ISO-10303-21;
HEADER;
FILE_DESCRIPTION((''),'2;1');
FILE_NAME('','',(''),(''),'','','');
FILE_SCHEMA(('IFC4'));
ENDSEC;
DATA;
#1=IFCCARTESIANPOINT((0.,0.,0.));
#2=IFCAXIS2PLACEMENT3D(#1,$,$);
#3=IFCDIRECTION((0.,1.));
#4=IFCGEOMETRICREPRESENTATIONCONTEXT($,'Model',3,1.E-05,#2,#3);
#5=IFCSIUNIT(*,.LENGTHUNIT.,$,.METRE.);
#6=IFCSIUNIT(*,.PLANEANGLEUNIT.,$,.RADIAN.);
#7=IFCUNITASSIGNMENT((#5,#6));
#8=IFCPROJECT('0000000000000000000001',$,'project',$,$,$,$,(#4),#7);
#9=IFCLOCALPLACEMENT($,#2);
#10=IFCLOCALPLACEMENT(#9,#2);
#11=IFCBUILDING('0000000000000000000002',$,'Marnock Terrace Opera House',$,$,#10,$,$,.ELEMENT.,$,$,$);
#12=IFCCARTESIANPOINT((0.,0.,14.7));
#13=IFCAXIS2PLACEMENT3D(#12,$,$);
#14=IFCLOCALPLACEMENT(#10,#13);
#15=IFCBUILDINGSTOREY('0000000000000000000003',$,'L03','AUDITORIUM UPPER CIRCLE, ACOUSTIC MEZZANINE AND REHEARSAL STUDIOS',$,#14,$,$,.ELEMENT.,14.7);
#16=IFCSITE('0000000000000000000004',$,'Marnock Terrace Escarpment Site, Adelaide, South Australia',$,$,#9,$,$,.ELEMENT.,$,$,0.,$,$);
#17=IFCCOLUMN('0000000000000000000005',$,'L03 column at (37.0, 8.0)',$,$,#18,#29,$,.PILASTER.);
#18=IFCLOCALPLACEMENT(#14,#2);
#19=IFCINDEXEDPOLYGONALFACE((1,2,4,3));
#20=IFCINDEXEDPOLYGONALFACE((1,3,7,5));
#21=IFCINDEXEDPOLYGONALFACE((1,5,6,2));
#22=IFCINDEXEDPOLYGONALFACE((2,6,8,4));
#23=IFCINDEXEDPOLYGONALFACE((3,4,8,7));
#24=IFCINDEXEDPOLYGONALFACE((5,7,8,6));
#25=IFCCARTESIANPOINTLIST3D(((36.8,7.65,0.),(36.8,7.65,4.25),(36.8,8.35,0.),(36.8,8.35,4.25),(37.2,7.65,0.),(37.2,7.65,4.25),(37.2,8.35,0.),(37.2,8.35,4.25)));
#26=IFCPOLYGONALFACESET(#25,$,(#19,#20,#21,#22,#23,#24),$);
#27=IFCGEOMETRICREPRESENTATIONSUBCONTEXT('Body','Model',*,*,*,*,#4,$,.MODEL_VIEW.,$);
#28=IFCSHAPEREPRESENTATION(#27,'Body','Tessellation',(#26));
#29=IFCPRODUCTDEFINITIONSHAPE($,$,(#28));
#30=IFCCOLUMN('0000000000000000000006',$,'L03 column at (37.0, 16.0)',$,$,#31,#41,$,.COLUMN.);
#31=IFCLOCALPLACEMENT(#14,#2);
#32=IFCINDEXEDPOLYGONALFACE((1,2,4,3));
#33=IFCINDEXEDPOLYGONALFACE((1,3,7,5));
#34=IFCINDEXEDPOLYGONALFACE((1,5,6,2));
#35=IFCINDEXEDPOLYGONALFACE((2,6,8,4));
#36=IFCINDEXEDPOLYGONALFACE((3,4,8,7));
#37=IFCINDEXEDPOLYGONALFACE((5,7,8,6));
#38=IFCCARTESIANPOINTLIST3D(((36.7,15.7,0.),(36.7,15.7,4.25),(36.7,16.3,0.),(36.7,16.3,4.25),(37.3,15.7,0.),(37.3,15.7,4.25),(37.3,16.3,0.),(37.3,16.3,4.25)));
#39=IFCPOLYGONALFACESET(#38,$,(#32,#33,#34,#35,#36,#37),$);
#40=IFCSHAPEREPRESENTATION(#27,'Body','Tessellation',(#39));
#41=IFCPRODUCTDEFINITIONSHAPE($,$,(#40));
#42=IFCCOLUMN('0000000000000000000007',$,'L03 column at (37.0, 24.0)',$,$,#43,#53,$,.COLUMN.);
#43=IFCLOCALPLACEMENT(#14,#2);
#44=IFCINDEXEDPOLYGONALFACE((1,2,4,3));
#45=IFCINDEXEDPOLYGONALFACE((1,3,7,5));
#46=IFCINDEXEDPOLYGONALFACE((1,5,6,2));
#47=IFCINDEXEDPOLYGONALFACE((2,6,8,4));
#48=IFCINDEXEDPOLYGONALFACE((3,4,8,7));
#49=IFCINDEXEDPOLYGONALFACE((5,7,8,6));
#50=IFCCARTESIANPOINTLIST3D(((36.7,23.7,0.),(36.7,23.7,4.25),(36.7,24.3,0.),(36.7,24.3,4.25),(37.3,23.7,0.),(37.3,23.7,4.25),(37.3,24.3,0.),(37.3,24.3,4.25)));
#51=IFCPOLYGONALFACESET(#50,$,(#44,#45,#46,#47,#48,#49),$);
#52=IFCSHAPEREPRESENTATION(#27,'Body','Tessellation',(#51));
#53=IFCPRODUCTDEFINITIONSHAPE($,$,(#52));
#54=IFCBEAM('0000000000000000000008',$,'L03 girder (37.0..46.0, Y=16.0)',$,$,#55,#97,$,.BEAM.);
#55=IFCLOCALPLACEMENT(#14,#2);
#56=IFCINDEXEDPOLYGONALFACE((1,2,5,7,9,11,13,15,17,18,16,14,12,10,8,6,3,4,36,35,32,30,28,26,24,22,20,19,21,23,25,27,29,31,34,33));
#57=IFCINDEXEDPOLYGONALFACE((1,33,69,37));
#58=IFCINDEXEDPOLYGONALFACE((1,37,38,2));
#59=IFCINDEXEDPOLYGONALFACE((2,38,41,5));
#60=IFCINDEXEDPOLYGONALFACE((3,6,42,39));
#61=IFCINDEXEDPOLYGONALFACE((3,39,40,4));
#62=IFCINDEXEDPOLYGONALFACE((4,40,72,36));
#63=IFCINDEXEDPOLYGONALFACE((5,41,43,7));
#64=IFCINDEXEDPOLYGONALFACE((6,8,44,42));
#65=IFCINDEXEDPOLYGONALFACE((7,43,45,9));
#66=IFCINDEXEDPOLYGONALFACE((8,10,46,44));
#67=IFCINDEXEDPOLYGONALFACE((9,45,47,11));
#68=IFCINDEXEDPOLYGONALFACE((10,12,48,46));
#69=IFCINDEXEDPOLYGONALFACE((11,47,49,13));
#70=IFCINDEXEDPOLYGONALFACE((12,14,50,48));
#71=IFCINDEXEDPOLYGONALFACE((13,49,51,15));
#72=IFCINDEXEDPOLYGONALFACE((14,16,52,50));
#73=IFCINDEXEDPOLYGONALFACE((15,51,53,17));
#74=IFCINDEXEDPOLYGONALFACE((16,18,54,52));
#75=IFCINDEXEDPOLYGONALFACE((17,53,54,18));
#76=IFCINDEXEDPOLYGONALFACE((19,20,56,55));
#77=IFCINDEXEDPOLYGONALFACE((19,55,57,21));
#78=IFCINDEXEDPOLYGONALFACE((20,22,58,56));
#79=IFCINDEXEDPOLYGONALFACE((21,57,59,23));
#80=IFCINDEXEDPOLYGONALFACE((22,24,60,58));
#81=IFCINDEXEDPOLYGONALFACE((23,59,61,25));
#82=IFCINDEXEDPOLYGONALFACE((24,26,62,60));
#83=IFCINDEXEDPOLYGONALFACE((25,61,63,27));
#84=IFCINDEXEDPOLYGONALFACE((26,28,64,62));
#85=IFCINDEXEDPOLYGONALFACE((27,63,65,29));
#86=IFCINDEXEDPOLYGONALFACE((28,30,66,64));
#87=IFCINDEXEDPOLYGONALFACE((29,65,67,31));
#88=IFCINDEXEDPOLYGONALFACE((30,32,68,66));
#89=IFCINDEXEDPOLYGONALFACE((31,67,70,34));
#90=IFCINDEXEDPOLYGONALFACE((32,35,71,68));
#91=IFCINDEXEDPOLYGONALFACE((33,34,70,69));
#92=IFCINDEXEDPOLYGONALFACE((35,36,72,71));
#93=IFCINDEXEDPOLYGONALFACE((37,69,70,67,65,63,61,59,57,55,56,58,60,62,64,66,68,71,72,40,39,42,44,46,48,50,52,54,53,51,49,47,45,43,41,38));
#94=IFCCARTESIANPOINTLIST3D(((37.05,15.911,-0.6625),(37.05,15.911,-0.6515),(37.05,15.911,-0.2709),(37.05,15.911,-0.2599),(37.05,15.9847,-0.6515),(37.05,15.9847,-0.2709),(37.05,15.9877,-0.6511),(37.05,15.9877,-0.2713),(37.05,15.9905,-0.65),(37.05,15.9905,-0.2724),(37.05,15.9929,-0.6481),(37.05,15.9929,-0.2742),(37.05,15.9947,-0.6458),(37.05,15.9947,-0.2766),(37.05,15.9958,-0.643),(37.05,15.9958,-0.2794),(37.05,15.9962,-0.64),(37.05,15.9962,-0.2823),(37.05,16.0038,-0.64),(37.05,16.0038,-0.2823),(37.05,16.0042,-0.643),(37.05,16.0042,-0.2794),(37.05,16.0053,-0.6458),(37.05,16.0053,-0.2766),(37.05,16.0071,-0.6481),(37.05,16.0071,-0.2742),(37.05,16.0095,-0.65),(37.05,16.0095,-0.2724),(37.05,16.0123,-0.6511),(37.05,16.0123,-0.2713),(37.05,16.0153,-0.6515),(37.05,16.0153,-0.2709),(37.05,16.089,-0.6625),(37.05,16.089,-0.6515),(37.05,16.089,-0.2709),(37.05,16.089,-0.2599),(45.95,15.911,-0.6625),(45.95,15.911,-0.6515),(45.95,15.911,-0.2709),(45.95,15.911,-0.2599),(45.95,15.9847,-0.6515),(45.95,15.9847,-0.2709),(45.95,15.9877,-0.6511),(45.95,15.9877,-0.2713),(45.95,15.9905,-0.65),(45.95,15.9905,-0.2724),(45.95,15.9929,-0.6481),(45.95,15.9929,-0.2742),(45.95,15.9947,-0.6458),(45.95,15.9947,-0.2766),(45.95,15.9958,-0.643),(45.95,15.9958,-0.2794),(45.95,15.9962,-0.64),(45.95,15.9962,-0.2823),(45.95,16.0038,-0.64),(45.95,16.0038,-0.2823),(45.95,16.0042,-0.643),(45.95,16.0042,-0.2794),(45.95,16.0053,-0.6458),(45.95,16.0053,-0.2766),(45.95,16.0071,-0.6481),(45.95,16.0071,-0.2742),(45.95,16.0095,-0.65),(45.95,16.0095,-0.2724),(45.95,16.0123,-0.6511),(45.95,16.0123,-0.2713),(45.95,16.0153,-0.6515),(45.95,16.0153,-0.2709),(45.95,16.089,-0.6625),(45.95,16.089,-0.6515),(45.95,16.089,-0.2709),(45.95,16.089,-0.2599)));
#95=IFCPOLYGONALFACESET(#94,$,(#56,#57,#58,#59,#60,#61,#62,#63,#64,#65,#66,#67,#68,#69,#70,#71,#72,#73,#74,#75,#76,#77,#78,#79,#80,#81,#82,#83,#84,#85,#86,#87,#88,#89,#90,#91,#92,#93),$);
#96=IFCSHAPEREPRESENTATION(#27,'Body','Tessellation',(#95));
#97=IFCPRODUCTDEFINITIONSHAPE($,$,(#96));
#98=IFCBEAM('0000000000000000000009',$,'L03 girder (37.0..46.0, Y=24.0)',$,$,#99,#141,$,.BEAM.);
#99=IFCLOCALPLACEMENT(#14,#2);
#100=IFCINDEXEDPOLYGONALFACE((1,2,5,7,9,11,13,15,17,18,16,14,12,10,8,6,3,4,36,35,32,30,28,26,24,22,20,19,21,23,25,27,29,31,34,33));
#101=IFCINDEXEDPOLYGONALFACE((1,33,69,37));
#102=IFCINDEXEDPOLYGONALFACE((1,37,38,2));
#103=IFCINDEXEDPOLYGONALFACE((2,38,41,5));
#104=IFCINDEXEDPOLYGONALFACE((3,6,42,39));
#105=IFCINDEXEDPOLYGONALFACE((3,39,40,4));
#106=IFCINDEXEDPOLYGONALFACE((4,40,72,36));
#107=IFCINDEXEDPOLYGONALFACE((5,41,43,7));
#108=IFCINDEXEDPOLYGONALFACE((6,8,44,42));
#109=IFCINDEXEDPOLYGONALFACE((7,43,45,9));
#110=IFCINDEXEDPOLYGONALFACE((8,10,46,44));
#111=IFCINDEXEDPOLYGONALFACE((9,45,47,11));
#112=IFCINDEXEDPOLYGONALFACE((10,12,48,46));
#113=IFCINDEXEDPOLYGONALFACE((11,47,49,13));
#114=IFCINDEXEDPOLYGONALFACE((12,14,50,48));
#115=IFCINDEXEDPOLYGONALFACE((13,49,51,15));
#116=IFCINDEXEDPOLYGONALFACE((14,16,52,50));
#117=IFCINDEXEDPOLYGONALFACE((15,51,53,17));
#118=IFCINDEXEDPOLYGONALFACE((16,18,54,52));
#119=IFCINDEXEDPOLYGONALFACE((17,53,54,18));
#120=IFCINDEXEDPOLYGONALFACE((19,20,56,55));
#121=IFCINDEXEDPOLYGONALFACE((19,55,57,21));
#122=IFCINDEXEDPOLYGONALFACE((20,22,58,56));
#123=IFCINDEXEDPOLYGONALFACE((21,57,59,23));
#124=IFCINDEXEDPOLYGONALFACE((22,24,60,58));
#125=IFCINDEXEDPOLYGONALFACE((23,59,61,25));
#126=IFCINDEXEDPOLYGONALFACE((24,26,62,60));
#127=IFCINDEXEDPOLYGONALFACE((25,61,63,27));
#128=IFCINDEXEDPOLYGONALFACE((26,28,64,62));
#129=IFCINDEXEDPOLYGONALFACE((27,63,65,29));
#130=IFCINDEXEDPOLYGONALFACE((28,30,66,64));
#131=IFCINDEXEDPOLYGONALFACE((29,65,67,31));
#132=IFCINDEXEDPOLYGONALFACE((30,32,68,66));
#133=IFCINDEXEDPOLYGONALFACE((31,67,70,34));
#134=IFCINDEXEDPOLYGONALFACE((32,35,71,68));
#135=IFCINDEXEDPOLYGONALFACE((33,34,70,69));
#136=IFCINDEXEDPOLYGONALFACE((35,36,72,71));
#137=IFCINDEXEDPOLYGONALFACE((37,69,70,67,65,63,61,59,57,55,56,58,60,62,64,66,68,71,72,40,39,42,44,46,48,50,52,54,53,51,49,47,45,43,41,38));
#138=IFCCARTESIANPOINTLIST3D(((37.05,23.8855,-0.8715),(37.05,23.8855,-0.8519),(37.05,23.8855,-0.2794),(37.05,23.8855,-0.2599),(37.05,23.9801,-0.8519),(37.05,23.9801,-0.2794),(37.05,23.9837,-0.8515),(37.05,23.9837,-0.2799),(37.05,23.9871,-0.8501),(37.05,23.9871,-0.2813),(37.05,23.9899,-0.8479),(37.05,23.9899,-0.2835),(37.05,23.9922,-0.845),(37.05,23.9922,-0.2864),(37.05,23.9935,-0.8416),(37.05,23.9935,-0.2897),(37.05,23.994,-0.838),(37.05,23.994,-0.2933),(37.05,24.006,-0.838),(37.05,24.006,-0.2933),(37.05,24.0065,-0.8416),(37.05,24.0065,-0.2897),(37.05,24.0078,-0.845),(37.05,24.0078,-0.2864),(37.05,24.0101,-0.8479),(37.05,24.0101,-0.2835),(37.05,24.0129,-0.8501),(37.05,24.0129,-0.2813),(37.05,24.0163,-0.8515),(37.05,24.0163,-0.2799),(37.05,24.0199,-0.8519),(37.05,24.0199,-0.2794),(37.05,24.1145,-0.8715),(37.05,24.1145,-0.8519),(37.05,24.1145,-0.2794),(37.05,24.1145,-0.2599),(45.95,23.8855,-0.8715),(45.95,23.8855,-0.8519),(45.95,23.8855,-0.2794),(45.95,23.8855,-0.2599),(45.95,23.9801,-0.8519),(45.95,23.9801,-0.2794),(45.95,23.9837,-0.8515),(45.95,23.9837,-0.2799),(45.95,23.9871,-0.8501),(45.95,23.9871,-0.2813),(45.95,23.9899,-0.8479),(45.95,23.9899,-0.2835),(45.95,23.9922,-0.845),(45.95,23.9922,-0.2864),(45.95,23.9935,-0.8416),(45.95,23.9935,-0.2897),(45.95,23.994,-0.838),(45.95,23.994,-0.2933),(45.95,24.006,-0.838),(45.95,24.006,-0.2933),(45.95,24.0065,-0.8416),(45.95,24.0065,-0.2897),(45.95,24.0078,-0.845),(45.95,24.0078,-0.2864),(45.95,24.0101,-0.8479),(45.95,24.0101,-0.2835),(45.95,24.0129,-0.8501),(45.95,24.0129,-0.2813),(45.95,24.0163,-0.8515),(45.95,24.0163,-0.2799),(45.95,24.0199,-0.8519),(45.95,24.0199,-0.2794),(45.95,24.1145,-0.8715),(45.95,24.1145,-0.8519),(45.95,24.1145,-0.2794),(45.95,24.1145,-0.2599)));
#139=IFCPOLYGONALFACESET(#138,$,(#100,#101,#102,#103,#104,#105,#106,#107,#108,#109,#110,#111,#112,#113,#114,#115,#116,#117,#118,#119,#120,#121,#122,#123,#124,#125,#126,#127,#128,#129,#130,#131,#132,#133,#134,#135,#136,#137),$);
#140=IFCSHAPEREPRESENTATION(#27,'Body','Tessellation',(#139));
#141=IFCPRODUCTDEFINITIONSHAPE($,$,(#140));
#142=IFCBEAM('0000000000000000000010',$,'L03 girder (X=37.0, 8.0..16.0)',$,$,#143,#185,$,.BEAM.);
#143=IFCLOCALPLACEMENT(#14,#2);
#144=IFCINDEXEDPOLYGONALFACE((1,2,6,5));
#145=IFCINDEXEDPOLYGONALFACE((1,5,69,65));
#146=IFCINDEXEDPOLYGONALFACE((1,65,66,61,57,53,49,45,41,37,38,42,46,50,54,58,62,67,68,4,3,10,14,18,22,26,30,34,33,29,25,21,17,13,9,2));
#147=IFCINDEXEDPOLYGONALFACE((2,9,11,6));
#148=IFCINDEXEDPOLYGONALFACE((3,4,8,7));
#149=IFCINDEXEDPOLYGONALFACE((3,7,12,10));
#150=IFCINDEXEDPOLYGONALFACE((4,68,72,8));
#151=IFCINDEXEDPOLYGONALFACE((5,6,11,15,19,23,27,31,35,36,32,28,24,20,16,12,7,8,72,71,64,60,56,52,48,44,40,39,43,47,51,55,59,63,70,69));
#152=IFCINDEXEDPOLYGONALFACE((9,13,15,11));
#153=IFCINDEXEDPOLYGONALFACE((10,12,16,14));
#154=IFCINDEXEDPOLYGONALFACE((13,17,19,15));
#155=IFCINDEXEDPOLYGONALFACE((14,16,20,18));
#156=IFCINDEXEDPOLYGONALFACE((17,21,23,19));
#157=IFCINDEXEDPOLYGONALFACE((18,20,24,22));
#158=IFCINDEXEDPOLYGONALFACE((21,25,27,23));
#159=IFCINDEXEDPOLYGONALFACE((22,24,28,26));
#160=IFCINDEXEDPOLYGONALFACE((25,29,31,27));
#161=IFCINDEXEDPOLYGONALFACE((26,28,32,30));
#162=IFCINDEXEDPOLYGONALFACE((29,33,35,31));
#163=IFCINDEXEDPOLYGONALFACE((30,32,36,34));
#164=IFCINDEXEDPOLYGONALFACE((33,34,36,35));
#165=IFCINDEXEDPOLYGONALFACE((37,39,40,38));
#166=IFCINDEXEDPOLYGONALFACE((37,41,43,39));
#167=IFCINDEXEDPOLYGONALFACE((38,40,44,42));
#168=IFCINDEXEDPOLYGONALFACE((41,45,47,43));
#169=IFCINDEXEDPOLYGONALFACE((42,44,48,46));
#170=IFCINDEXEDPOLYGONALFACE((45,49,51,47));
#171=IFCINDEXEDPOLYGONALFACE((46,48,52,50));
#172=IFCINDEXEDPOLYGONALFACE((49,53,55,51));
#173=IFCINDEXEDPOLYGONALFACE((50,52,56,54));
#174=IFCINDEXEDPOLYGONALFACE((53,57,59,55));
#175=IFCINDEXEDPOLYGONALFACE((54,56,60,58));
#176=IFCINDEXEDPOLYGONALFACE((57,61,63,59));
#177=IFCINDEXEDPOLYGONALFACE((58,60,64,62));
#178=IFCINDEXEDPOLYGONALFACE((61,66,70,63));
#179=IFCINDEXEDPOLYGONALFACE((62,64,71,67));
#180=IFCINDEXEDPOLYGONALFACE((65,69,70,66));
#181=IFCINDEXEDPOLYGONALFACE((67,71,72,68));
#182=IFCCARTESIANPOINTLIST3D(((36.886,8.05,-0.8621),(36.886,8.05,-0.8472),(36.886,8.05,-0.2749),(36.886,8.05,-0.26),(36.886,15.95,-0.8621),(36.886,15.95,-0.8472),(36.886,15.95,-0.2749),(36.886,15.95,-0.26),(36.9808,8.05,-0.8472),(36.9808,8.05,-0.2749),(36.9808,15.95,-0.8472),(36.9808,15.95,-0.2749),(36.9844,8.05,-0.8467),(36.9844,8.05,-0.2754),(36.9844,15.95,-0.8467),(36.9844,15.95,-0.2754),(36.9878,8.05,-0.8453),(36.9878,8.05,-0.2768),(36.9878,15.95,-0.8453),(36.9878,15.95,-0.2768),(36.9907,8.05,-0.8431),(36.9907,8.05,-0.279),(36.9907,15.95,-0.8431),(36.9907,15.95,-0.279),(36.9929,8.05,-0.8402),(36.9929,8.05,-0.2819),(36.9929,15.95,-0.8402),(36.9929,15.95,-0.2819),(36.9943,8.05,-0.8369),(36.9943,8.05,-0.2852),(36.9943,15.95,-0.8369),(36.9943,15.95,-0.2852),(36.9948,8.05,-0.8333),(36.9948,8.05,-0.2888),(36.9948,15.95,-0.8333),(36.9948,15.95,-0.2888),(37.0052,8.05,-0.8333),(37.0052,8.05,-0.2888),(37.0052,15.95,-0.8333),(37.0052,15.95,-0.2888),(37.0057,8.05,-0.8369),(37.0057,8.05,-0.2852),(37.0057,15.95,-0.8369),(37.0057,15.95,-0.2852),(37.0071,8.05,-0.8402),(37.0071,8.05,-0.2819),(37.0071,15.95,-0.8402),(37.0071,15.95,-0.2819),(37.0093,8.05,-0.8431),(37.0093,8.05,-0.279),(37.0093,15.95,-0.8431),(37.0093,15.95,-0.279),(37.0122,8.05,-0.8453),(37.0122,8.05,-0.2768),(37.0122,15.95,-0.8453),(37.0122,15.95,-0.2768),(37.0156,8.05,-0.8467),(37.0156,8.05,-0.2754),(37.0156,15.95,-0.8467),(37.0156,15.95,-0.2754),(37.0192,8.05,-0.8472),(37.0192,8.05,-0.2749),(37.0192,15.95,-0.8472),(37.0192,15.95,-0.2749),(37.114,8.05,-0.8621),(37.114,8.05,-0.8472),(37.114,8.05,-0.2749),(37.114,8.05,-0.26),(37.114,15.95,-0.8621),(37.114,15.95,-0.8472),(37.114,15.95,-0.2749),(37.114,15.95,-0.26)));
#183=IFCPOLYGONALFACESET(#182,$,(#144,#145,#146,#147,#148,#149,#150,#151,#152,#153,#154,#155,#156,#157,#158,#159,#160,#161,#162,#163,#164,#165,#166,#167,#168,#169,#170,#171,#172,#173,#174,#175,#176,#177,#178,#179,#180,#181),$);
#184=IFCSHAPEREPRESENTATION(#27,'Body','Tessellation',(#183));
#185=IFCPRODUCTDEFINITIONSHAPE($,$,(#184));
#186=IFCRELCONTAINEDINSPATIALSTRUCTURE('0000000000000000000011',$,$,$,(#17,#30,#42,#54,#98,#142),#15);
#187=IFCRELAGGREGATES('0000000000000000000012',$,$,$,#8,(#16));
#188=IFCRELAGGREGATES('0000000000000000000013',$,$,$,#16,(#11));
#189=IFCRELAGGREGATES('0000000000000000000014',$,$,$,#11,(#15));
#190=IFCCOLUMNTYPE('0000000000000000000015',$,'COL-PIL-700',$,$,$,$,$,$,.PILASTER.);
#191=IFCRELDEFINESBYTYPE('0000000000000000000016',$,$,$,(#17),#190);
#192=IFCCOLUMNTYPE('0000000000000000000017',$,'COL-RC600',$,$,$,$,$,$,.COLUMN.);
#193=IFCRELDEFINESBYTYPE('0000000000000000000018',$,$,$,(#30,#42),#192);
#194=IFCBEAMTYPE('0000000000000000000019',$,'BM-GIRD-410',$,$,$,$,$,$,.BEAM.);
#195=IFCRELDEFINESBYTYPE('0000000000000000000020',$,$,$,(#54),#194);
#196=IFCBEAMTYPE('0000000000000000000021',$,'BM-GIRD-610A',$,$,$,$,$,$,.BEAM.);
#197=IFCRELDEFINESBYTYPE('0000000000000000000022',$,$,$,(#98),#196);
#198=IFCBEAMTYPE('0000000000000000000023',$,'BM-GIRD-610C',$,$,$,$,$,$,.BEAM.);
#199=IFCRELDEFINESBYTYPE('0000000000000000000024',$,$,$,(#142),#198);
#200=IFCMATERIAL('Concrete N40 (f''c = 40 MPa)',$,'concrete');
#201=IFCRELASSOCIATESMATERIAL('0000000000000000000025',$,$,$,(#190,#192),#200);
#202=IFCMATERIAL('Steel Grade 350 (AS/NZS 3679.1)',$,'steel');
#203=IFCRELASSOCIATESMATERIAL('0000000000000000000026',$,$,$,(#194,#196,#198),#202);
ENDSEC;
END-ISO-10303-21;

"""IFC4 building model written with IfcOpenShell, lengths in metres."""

from ifc_helpers import new_model, si_unit, direction, frame, origin, origin_2d, place, context, subcontext, project, spatial, rectangle, i_section, extrude, material, material_profile, profile_set, type_object, element, save


model = new_model("IFC4")

# Units and contexts
model_context = context("Model", 3, precision=1e-05, world=origin(), true_north=direction((0.0, 1.0)))
body_context = subcontext(model_context, "Body", "Model", "MODEL_VIEW")
ifc_project = project(units=[si_unit("LENGTHUNIT", "METRE"), si_unit("PLANEANGLEUNIT", "RADIAN")], contexts=[model_context])

# Site, building, storey
site_placement = place(None, origin())
site = spatial("IfcSite", under=ifc_project, at=site_placement, Name="Marnock Terrace Escarpment Site, Adelaide, South Australia", CompositionType="ELEMENT", RefElevation=0.0)
building_placement = place(site_placement, origin())
building = spatial("IfcBuilding", under=site, at=building_placement, Name="Marnock Terrace Opera House", CompositionType="ELEMENT")
storey_placement = place(building_placement, frame((0.0, 0.0, 14.7)))
storey = spatial("IfcBuildingStorey", under=building, at=storey_placement, Name="L03", Description="AUDITORIUM UPPER CIRCLE, ACOUSTIC MEZZANINE AND REHEARSAL STUDIOS", CompositionType="ELEMENT", Elevation=14.7)

# Columns
ifc_material_1 = material(Name="Concrete N40 (f'c = 40 MPa)", Category="concrete")
ifc_material_profile_1 = material_profile(ifc_material_1, rectangle(XDim=0.3999, YDim=0.7, at=origin_2d()))
ifc_profile_set_1 = profile_set([ifc_material_profile_1], Name="Concrete N40 (f'c = 40 MPa)")
column_type_1 = type_object("IfcColumnType", Name="COL-PIL-700", PredefinedType="PILASTER", material=ifc_profile_set_1)
column_placement = place(storey_placement, frame((37.0, 8.0, 0.0), z_axis=(0.0, 0.0, 1.0), x_axis=(1.0, 0.0, 0.0)))
element("IfcColumn", 1, at=column_placement, inside=storey, type_object=column_type_1, Name="L03 column at (37.0, 8.0)", PredefinedType="PILASTER", context=body_context, shape_type="SweptSolid", body=[
    extrude(rectangle(XDim=0.3999, YDim=0.7, at=origin_2d()), origin(), (0.0, 0.0, 1.0), 4.25),
])
ifc_material_profile_2 = material_profile(ifc_material_1, rectangle(XDim=0.6001, YDim=0.6001, at=origin_2d()))
ifc_profile_set_2 = profile_set([ifc_material_profile_2], Name="Concrete N40 (f'c = 40 MPa)")
column_type_2 = type_object("IfcColumnType", Name="COL-RC600", PredefinedType="COLUMN", material=ifc_profile_set_2)
for number, where, z_axis, x_axis, name in (
    (2, (37.0, 16.0, 0.0), (0.0, 0.0, 1.0), (1.0, 0.0, 0.0), "L03 column at (37.0, 16.0)"),
    (3, (37.0, 24.0, 0.0), (0.0, 0.0, 1.0), (1.0, 0.0, 0.0), "L03 column at (37.0, 24.0)"),
):
    element("IfcColumn", number, at=place(storey_placement, frame(where, z_axis=z_axis, x_axis=x_axis)), inside=storey, type_object=column_type_2, Name=name, PredefinedType="COLUMN", context=body_context, shape_type="SweptSolid", body=[
        extrude(rectangle(XDim=0.6001, YDim=0.6001, at=origin_2d()), origin(), (0.0, 0.0, 1.0), 4.25),
    ])

# Beams
ifc_material_2 = material(Name="Steel Grade 350 (AS/NZS 3679.1)", Category="steel")
ifc_material_profile_3 = material_profile(ifc_material_2, i_section(OverallWidth=0.178, OverallDepth=0.4026, WebThickness=0.0076, FlangeThickness=0.011, FilletRadius=0.0115, at=origin_2d()))
ifc_profile_set_3 = profile_set([ifc_material_profile_3], Name="Steel Grade 350 (AS/NZS 3679.1)")
beam_type_1 = type_object("IfcBeamType", Name="BM-GIRD-410", PredefinedType="BEAM", material=ifc_profile_set_3)
beam_1_placement = place(storey_placement, frame((37.05, 16.0, -0.4612), z_axis=(1.0, 0.0, 0.0), x_axis=(0.0, 1.0, 0.0)))
element("IfcBeam", 4, at=beam_1_placement, inside=storey, type_object=beam_type_1, Name="L03 girder (37.0..46.0, Y=16.0)", PredefinedType="BEAM", context=body_context, shape_type="SweptSolid", body=[
    extrude(i_section(OverallWidth=0.178, OverallDepth=0.4026, WebThickness=0.0076, FlangeThickness=0.011, FilletRadius=0.0115, at=origin_2d()), origin(), (0.0, 0.0, 1.0), 8.8999),
])
ifc_material_profile_4 = material_profile(ifc_material_2, i_section(OverallWidth=0.229, OverallDepth=0.6116, WebThickness=0.012, FlangeThickness=0.0195, FilletRadius=0.0139, at=origin_2d()))
ifc_profile_set_4 = profile_set([ifc_material_profile_4], Name="Steel Grade 350 (AS/NZS 3679.1)")
beam_type_2 = type_object("IfcBeamType", Name="BM-GIRD-610A", PredefinedType="BEAM", material=ifc_profile_set_4)
beam_2_placement = place(storey_placement, frame((37.05, 24.0, -0.5657), z_axis=(1.0, 0.0, 0.0), x_axis=(0.0, 1.0, 0.0)))
element("IfcBeam", 5, at=beam_2_placement, inside=storey, type_object=beam_type_2, Name="L03 girder (37.0..46.0, Y=24.0)", PredefinedType="BEAM", context=body_context, shape_type="SweptSolid", body=[
    extrude(i_section(OverallWidth=0.229, OverallDepth=0.6116, WebThickness=0.012, FlangeThickness=0.0195, FilletRadius=0.0139, at=origin_2d()), origin(), (0.0, 0.0, 1.0), 8.8999),
])
ifc_material_profile_5 = material_profile(ifc_material_2, i_section(OverallWidth=0.228, OverallDepth=0.6021, WebThickness=0.0105, FlangeThickness=0.0149, FilletRadius=0.0139, at=origin_2d()))
ifc_profile_set_5 = profile_set([ifc_material_profile_5], Name="Steel Grade 350 (AS/NZS 3679.1)")
beam_type_3 = type_object("IfcBeamType", Name="BM-GIRD-610C", PredefinedType="BEAM", material=ifc_profile_set_5)
for number, where, z_axis, x_axis, name in (
    (6, (37.0, 8.05, -0.561), (0.0, 1.0, 0.0), (-1.0, 0.0, 0.0), "L03 girder (X=37.0, 8.0..16.0)"),
):
    element("IfcBeam", number, at=place(storey_placement, frame(where, z_axis=z_axis, x_axis=x_axis)), inside=storey, type_object=beam_type_3, Name=name, PredefinedType="BEAM", context=body_context, shape_type="SweptSolid", body=[
        extrude(i_section(OverallWidth=0.228, OverallDepth=0.6021, WebThickness=0.0105, FlangeThickness=0.0149, FilletRadius=0.0139, at=origin_2d()), origin(), (0.0, 0.0, 1.0), 7.8999),
    ])

save(model, "model.ifc")
